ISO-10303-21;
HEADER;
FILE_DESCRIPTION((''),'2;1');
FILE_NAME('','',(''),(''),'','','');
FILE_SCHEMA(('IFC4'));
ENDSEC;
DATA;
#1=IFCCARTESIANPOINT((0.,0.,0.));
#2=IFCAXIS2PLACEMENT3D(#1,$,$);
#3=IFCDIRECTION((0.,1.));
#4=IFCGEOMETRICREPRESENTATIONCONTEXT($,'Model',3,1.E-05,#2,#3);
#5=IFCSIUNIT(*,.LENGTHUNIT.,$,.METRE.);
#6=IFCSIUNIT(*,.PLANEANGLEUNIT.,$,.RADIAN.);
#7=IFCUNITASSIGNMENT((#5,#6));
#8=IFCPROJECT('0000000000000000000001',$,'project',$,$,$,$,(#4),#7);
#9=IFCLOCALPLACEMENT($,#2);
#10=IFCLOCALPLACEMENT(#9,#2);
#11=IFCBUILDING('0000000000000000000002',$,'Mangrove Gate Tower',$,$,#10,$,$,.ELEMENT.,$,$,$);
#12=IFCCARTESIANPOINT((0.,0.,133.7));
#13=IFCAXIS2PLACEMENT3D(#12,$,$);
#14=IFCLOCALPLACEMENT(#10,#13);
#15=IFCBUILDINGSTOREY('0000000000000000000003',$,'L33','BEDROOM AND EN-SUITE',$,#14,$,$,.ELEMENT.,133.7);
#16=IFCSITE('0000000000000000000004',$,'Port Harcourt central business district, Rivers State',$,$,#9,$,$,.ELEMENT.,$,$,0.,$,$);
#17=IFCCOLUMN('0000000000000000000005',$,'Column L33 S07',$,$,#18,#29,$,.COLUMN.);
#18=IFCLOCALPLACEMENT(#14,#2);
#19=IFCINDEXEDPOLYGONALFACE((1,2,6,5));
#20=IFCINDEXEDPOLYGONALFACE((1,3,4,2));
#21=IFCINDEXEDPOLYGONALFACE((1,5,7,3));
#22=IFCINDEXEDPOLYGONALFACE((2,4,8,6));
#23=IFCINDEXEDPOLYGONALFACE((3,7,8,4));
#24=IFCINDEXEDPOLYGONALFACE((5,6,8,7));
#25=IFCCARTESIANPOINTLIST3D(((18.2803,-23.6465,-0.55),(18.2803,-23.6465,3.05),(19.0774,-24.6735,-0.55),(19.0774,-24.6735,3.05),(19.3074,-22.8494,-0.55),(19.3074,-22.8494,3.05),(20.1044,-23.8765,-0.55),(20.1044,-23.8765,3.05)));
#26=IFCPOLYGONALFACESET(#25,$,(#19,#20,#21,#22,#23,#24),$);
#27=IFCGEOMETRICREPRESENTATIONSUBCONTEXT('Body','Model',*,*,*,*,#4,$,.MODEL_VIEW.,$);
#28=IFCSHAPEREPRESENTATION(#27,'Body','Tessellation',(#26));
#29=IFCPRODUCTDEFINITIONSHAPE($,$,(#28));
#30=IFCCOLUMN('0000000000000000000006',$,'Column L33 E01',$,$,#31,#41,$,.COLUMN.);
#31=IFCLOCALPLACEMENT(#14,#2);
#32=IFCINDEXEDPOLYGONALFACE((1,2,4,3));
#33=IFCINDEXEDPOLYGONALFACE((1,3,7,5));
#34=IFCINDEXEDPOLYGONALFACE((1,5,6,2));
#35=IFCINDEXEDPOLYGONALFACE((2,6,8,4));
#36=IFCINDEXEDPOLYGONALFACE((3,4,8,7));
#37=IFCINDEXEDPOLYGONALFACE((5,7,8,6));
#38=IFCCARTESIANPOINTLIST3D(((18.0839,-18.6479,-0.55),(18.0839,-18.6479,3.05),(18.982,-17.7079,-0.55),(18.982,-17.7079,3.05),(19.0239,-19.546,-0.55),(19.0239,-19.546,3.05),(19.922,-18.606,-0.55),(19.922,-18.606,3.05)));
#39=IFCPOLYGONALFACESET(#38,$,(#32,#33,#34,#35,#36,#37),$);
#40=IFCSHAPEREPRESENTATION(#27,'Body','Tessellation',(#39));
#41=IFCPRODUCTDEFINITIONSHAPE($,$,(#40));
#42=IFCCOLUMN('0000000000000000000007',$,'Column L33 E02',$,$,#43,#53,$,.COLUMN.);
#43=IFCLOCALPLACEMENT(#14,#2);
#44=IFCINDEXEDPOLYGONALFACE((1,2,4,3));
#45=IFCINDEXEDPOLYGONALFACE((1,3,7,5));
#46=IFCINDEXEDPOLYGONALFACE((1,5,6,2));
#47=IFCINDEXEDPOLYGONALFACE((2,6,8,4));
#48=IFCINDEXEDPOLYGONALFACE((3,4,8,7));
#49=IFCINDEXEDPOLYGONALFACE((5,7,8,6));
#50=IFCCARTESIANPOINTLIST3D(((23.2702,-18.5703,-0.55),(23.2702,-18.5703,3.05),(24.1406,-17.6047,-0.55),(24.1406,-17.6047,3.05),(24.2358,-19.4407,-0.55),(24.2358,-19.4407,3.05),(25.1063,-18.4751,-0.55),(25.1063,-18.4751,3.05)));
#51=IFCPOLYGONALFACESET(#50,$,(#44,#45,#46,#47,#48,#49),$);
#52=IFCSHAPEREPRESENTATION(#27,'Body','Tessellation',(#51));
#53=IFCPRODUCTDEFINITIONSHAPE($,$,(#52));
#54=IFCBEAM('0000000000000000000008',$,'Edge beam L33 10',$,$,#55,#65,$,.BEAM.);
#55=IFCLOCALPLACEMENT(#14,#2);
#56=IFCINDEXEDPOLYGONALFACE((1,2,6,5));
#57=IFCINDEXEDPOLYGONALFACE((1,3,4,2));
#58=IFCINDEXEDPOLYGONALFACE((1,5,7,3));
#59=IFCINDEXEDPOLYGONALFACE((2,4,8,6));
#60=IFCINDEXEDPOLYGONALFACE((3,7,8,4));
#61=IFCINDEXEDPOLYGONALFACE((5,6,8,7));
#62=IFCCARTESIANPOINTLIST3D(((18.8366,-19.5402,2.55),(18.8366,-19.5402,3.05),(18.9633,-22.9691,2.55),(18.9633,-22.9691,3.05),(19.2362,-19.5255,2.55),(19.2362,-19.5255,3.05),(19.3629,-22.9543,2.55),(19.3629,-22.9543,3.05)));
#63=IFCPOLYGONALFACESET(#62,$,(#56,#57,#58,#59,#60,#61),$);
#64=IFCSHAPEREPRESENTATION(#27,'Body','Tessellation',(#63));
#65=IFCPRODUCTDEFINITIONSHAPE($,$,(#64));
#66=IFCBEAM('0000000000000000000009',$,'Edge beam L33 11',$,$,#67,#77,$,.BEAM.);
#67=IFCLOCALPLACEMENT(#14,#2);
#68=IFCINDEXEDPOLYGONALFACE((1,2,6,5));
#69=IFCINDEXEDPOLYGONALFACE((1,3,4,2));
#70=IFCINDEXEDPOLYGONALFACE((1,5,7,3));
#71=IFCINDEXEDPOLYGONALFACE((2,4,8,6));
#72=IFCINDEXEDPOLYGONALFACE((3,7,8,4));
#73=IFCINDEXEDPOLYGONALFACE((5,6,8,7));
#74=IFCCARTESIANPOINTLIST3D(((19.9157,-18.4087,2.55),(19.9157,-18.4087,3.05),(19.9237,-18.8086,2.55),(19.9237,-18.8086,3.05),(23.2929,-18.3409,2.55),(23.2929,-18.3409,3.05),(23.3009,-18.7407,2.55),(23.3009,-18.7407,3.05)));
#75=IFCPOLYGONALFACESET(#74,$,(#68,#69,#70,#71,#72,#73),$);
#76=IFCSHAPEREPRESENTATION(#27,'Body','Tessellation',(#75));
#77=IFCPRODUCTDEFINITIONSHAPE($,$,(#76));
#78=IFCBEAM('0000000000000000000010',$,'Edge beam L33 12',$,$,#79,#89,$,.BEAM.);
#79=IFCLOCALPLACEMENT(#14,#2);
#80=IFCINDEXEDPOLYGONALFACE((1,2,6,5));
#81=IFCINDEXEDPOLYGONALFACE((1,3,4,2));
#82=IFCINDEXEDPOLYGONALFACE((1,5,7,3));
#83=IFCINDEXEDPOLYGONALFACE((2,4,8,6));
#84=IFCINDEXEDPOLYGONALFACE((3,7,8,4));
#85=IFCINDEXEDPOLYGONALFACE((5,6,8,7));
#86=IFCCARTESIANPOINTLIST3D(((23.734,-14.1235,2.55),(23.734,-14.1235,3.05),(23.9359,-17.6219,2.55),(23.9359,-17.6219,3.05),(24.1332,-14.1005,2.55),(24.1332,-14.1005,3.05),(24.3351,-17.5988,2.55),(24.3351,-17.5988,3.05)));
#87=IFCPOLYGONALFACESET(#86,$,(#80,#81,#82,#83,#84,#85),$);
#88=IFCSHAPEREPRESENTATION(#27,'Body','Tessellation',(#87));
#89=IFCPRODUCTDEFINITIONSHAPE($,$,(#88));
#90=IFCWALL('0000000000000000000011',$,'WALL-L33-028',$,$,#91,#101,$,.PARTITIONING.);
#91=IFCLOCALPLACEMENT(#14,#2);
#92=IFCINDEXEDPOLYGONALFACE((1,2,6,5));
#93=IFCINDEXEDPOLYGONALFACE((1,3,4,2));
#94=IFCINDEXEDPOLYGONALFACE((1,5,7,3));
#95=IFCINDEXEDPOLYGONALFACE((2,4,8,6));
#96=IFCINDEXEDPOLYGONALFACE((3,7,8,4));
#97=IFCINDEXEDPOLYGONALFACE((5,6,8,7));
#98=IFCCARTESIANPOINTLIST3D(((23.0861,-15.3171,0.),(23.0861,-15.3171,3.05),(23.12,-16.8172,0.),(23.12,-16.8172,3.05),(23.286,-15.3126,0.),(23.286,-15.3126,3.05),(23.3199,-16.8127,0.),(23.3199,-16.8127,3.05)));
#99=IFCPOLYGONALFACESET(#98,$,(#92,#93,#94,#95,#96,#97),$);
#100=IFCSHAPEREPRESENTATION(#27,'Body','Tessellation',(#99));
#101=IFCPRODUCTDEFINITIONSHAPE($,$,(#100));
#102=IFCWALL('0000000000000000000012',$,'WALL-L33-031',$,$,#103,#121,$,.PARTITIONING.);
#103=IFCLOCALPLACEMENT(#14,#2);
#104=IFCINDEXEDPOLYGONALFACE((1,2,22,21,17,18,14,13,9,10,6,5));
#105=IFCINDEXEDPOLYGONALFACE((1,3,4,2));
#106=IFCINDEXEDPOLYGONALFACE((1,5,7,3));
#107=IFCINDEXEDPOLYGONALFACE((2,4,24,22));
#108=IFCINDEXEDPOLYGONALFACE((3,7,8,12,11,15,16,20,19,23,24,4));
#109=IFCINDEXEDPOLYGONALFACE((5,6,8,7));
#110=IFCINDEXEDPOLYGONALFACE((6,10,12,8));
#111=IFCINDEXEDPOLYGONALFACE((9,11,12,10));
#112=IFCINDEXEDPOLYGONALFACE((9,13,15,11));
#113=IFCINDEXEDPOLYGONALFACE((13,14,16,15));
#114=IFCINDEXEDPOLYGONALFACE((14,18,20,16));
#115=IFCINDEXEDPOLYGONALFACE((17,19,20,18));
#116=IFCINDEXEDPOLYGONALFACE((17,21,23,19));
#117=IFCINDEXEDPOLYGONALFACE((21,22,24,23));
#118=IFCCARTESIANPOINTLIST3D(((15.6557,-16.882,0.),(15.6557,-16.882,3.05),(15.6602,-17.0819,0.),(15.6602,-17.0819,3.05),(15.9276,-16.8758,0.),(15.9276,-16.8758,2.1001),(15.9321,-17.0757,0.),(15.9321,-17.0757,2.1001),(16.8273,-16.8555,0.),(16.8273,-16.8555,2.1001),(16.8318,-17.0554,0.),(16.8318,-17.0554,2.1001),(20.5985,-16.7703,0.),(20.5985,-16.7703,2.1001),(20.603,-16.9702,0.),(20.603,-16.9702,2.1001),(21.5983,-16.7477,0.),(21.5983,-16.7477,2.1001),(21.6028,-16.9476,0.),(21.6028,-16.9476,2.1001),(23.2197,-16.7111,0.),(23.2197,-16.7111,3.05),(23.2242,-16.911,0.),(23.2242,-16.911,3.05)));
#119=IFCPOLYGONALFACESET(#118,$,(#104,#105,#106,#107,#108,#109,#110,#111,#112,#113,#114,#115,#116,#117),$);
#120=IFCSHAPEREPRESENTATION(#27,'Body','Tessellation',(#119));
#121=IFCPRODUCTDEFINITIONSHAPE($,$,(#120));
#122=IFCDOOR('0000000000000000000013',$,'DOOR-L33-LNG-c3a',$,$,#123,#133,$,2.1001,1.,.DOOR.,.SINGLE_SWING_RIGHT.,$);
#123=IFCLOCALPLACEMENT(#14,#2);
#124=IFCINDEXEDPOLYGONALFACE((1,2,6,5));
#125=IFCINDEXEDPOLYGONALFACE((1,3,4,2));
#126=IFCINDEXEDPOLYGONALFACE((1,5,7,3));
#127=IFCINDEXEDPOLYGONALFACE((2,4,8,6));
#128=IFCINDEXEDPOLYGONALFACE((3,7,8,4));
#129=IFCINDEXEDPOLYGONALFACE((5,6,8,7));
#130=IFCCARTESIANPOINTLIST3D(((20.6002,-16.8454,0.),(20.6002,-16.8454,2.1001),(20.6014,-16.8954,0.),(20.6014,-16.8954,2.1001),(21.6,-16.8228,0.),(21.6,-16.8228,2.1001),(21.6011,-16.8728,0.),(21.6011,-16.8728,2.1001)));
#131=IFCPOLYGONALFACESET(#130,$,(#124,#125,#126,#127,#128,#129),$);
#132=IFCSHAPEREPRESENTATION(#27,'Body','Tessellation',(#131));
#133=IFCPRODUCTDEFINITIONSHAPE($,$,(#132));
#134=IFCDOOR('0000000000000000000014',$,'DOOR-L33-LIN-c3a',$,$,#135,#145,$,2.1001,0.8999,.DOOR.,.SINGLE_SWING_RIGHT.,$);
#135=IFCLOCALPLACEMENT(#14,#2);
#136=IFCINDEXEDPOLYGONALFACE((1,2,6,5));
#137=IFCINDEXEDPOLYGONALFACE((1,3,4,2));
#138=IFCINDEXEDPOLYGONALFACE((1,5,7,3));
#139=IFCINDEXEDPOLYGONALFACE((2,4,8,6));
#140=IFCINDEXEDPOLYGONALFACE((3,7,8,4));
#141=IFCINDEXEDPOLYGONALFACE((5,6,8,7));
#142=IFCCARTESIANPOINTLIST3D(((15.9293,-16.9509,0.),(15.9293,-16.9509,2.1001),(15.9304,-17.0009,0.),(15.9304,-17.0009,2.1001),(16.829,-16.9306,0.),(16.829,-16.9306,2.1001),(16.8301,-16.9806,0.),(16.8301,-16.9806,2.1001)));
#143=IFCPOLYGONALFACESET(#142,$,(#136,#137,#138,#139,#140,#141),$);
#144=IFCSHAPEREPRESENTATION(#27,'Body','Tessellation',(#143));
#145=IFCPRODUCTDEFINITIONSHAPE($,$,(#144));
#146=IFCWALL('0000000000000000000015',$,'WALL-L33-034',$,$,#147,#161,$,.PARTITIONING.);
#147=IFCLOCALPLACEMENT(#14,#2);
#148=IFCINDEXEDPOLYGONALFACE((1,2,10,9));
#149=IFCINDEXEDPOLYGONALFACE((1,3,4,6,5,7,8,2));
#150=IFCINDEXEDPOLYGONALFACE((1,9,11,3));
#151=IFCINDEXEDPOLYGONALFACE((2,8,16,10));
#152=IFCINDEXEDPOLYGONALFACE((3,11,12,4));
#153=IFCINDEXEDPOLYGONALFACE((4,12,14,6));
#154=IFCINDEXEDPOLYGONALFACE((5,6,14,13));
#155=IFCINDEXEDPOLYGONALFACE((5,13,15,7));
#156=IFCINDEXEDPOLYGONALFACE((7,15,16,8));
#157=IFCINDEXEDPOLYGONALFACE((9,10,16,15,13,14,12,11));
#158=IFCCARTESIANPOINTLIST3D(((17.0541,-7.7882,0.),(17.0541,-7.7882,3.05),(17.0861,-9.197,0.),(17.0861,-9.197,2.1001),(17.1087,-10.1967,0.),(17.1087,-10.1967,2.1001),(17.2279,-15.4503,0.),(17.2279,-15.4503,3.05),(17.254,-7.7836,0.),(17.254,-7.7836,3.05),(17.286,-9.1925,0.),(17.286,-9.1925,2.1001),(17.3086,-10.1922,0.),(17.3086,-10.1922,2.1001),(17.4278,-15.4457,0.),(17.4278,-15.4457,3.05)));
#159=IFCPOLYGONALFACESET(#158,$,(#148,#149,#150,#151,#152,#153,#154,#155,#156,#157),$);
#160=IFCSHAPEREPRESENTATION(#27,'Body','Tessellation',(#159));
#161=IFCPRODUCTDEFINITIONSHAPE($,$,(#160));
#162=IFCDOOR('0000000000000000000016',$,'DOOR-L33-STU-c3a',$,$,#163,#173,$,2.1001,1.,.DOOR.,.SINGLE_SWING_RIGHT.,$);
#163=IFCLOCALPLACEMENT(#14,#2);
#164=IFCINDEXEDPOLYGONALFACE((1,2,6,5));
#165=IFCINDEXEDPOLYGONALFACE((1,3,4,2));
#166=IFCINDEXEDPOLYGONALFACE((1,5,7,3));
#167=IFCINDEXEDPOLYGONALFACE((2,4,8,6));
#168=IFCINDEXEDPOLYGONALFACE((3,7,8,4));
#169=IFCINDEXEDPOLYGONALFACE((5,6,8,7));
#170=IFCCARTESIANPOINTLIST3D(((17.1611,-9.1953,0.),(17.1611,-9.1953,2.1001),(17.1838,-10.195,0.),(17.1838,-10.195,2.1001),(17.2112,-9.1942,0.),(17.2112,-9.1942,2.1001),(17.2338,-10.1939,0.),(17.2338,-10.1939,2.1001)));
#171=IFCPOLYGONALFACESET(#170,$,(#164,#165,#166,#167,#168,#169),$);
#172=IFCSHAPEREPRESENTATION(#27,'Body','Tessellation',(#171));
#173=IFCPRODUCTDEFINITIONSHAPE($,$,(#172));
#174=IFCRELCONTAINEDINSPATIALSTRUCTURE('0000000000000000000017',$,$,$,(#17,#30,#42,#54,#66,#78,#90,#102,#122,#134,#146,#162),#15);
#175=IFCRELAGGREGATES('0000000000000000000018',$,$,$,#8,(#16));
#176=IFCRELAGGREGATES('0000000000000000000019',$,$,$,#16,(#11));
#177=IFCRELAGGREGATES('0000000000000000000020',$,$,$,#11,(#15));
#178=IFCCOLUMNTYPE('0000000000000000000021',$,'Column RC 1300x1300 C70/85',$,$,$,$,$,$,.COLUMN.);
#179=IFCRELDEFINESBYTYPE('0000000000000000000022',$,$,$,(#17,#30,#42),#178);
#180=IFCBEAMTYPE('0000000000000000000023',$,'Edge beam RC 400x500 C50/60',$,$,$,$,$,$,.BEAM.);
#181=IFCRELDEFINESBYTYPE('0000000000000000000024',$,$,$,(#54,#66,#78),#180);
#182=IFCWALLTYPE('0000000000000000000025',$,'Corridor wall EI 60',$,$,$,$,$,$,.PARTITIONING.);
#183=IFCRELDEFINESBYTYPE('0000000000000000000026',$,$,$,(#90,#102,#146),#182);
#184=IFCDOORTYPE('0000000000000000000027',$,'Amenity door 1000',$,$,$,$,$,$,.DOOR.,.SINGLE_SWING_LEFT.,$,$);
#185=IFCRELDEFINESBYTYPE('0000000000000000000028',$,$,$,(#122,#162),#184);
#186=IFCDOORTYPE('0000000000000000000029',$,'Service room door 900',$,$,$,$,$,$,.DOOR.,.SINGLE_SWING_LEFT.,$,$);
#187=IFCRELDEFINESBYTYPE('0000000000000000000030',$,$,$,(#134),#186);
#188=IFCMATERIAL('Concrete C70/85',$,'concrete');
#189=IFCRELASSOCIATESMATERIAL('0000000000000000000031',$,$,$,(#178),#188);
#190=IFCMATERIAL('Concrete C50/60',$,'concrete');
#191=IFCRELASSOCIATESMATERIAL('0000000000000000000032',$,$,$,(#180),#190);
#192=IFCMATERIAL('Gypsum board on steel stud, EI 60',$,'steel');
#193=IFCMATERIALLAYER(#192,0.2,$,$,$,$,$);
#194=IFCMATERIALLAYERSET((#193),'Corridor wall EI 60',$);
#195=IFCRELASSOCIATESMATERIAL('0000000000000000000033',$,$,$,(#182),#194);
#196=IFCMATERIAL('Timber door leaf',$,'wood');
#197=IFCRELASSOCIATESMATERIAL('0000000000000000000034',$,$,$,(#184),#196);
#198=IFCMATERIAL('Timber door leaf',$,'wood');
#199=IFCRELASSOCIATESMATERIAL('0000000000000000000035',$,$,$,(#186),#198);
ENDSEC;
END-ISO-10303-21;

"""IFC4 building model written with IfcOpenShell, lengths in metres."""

from ifc_helpers import new_model, si_unit, direction, frame, frame_2d, origin, origin_2d, place, context, subcontext, project, spatial, rectangle, extrude, material, layer, layer_set, material_profile, profile_set, type_object, element, fill, save


model = new_model("IFC4")

# Units and contexts
model_context = context("Model", 3, precision=1e-05, world=origin(), true_north=direction((0.0, 1.0)))
body_context = subcontext(model_context, "Body", "Model", "MODEL_VIEW")
ifc_project = project(units=[si_unit("LENGTHUNIT", "METRE"), si_unit("PLANEANGLEUNIT", "RADIAN")], contexts=[model_context])

# Site, building, storey
site_placement = place(None, origin())
site = spatial("IfcSite", under=ifc_project, at=site_placement, Name="Port Harcourt central business district, Rivers State", CompositionType="ELEMENT", RefElevation=0.0)
building_placement = place(site_placement, origin())
building = spatial("IfcBuilding", under=site, at=building_placement, Name="Mangrove Gate Tower", CompositionType="ELEMENT")
storey_placement = place(building_placement, frame((0.0, 0.0, 133.7)))
storey = spatial("IfcBuildingStorey", under=building, at=storey_placement, Name="L33", Description="BEDROOM AND EN-SUITE", CompositionType="ELEMENT", Elevation=133.7)

# Columns
ifc_material_1 = material(Name="Concrete C70/85", Category="concrete")
ifc_material_profile_1 = material_profile(ifc_material_1, rectangle(XDim=1.3, YDim=1.3, at=origin_2d()))
ifc_profile_set_1 = profile_set([ifc_material_profile_1], Name="Concrete C70/85")
column_type = type_object("IfcColumnType", Name="Column RC 1300x1300 C70/85", PredefinedType="COLUMN", material=ifc_profile_set_1)
for number, where, z_axis, x_axis, name in (
    (1, (19.1924, -23.7615, -0.55), (0.0, 0.0, 1.0), (0.790005, 0.613101, 0.0), "Column L33 S07"),
    (2, (19.0029, -18.627, -0.55), (0.0, 0.0, 1.0), (0.690809, 0.723037, 0.0), "Column L33 E01"),
    (3, (24.1882, -18.5227, -0.55), (0.0, 0.0, 1.0), (0.669533, 0.742782, 0.0), "Column L33 E02"),
):
    element("IfcColumn", number, at=place(storey_placement, frame(where, z_axis=z_axis, x_axis=x_axis)), inside=storey, type_object=column_type, Name=name, PredefinedType="COLUMN", context=body_context, shape_type="SweptSolid", body=[
        extrude(rectangle(XDim=1.3, YDim=1.3, at=origin_2d()), origin(), (0.0, 0.0, 1.0), 3.6001),
    ])

# Beams
ifc_material_2 = material(Name="Concrete C50/60", Category="concrete")
ifc_material_profile_2 = material_profile(ifc_material_2, rectangle(XDim=0.3999, YDim=0.5, at=origin_2d()))
ifc_profile_set_2 = profile_set([ifc_material_profile_2], Name="Concrete C50/60")
beam_type = type_object("IfcBeamType", Name="Edge beam RC 400x500 C50/60", PredefinedType="BEAM", material=ifc_profile_set_2)
beam_1_placement = place(storey_placement, frame((19.1631, -22.9617, 2.8), z_axis=(-0.03693, 0.999318, 0.0), x_axis=(-0.999318, -0.03693, 0.0)))
element("IfcBeam", 4, at=beam_1_placement, inside=storey, type_object=beam_type, Name="Edge beam L33 10", PredefinedType="BEAM", context=body_context, shape_type="SweptSolid", body=[
    extrude(rectangle(XDim=0.3999, YDim=0.5, at=origin_2d()), origin(), (0.0, 0.0, 1.0), 3.4312),
])
beam_2_placement = place(storey_placement, frame((19.9197, -18.6086, 2.8), z_axis=(0.999798, 0.020093, 0.0), x_axis=(-0.020093, 0.999798, 0.0)))
element("IfcBeam", 5, at=beam_2_placement, inside=storey, type_object=beam_type, Name="Edge beam L33 11", PredefinedType="BEAM", context=body_context, shape_type="SweptSolid", body=[
    extrude(rectangle(XDim=0.3999, YDim=0.5, at=origin_2d()), origin(), (0.0, 0.0, 1.0), 3.3779),
])
beam_3_placement = place(storey_placement, frame((24.1355, -17.6104, 2.8), z_axis=(-0.057619, 0.998339, 0.0), x_axis=(-0.998339, -0.057619, 0.0)))
element("IfcBeam", 6, at=beam_3_placement, inside=storey, type_object=beam_type, Name="Edge beam L33 12", PredefinedType="BEAM", context=body_context, shape_type="SweptSolid", body=[
    extrude(rectangle(XDim=0.3999, YDim=0.5, at=origin_2d()), origin(), (0.0, 0.0, 1.0), 3.5042),
])

# Wall
ifc_material_3 = material(Name="Gypsum board on steel stud, EI 60", Category="steel")
ifc_layer_1 = layer(ifc_material_3, 0.2)
ifc_layer_set_1 = layer_set([ifc_layer_1], Name="Corridor wall EI 60")
wall_type_1 = type_object("IfcWallType", Name="Corridor wall EI 60", PredefinedType="PARTITIONING", material=ifc_layer_set_1)
wall_1_placement = place(storey_placement, frame((23.22, -16.8149, 0.0), z_axis=(0.0, 0.0, 1.0), x_axis=(-0.022618, 0.999744, 0.0)))
element("IfcWall", 7, at=wall_1_placement, inside=storey, type_object=wall_type_1, Name="WALL-L33-028", PredefinedType="PARTITIONING", context=body_context, shape_type="SweptSolid", body=[
    extrude(rectangle(XDim=1.5005, YDim=0.2, at=frame_2d((0.7502, 0.0))), origin(), (0.0, 0.0, 1.0), 3.05),
])

# Wall, openings, doors
wall_2_placement = place(storey_placement, frame((15.658, -16.9819, 0.0), z_axis=(0.0, 0.0, 1.0), x_axis=(0.999745, 0.022588, 0.0)))
wall_2 = element("IfcWall", 8, at=wall_2_placement, inside=storey, type_object=wall_type_1, Name="WALL-L33-031", PredefinedType="PARTITIONING", context=body_context, shape_type="SweptSolid", body=[
    extrude(rectangle(XDim=7.5659, YDim=0.2, at=frame_2d((3.783, 0.0))), origin(), (0.0, 0.0, 1.0), 3.05),
])
opening_1_placement = place(wall_2_placement, frame((4.9441, 0.0, 0.0)))
opening_1 = element("IfcOpeningElement", 9, at=opening_1_placement, cuts=wall_2, PredefinedType="OPENING", context=body_context, shape_type="SweptSolid", body=[
    extrude(rectangle(XDim=1.0, YDim=2.1001, at=frame_2d((0.5, 1.05))), frame((0.0, 0.1099, 0.0), z_axis=(0.0, -1.0, 0.0), x_axis=(1.0, 0.0, 0.0)), (0.0, 0.0, 1.0), 0.22),
])
opening_2_placement = place(wall_2_placement, frame((0.272, 0.0, 0.0)))
opening_2 = element("IfcOpeningElement", 10, at=opening_2_placement, cuts=wall_2, PredefinedType="OPENING", context=body_context, shape_type="SweptSolid", body=[
    extrude(rectangle(XDim=0.8999, YDim=2.1001, at=frame_2d((0.45, 1.05))), frame((0.0, 0.1099, 0.0), z_axis=(0.0, -1.0, 0.0), x_axis=(1.0, 0.0, 0.0)), (0.0, 0.0, 1.0), 0.22),
])
ifc_material_4 = material(Name="Timber door leaf", Category="wood")
door_type_1 = type_object("IfcDoorType", Name="Amenity door 1000", OperationType="SINGLE_SWING_LEFT", PredefinedType="DOOR", material=ifc_material_4)
door_1_placement = place(opening_1_placement, origin())
door_1 = element("IfcDoor", 11, at=door_1_placement, inside=storey, type_object=door_type_1, Name="DOOR-L33-LNG-c3a", OperationType="SINGLE_SWING_RIGHT", OverallHeight=2.1001, OverallWidth=1.0, PredefinedType="DOOR", context=body_context, shape_type="SweptSolid", body=[
    extrude(rectangle(XDim=1.0, YDim=2.1001, at=frame_2d((0.5, 1.05))), frame((0.0, 0.0249, 0.0), z_axis=(0.0, -1.0, 0.0), x_axis=(1.0, 0.0, 0.0)), (0.0, 0.0, 1.0), 0.05),
])
fill(opening_1, door_1)
ifc_material_5 = material(Name="Timber door leaf", Category="wood")
door_type_2 = type_object("IfcDoorType", Name="Service room door 900", OperationType="SINGLE_SWING_LEFT", PredefinedType="DOOR", material=ifc_material_5)
door_2_placement = place(opening_2_placement, origin())
door_2 = element("IfcDoor", 12, at=door_2_placement, inside=storey, type_object=door_type_2, Name="DOOR-L33-LIN-c3a", OperationType="SINGLE_SWING_RIGHT", OverallHeight=2.1001, OverallWidth=0.8999, PredefinedType="DOOR", context=body_context, shape_type="SweptSolid", body=[
    extrude(rectangle(XDim=0.8999, YDim=2.1001, at=frame_2d((0.45, 1.05))), frame((0.0, 0.0249, 0.0), z_axis=(0.0, -1.0, 0.0), x_axis=(1.0, 0.0, 0.0)), (0.0, 0.0, 1.0), 0.05),
])
fill(opening_2, door_2)

# Wall, opening, door
wall_3_placement = place(storey_placement, frame((17.3279, -15.448, 0.0), z_axis=(0.0, 0.0, 1.0), x_axis=(-0.022681, 0.999743, 0.0)))
wall_3 = element("IfcWall", 13, at=wall_3_placement, inside=storey, type_object=wall_type_1, Name="WALL-L33-034", PredefinedType="PARTITIONING", context=body_context, shape_type="SweptSolid", body=[
    extrude(rectangle(XDim=7.6641, YDim=0.2, at=frame_2d((3.832, 0.0))), origin(), (0.0, 0.0, 1.0), 3.05),
])
opening_3_placement = place(wall_3_placement, frame((5.2549, 0.0, 0.0)))
opening_3 = element("IfcOpeningElement", 14, at=opening_3_placement, cuts=wall_3, PredefinedType="OPENING", context=body_context, shape_type="SweptSolid", body=[
    extrude(rectangle(XDim=1.0, YDim=2.1001, at=frame_2d((0.5, 1.05))), frame((0.0, 0.1099, 0.0), z_axis=(0.0, -1.0, 0.0), x_axis=(1.0, 0.0, 0.0)), (0.0, 0.0, 1.0), 0.22),
])
door_3_placement = place(opening_3_placement, origin())
door_3 = element("IfcDoor", 15, at=door_3_placement, inside=storey, type_object=door_type_1, Name="DOOR-L33-STU-c3a", OperationType="SINGLE_SWING_RIGHT", OverallHeight=2.1001, OverallWidth=1.0, PredefinedType="DOOR", context=body_context, shape_type="SweptSolid", body=[
    extrude(rectangle(XDim=1.0, YDim=2.1001, at=frame_2d((0.5, 1.05))), frame((0.0, 0.0249, 0.0), z_axis=(0.0, -1.0, 0.0), x_axis=(1.0, 0.0, 0.0)), (0.0, 0.0, 1.0), 0.05),
])
fill(opening_3, door_3)

save(model, "model.ifc")
